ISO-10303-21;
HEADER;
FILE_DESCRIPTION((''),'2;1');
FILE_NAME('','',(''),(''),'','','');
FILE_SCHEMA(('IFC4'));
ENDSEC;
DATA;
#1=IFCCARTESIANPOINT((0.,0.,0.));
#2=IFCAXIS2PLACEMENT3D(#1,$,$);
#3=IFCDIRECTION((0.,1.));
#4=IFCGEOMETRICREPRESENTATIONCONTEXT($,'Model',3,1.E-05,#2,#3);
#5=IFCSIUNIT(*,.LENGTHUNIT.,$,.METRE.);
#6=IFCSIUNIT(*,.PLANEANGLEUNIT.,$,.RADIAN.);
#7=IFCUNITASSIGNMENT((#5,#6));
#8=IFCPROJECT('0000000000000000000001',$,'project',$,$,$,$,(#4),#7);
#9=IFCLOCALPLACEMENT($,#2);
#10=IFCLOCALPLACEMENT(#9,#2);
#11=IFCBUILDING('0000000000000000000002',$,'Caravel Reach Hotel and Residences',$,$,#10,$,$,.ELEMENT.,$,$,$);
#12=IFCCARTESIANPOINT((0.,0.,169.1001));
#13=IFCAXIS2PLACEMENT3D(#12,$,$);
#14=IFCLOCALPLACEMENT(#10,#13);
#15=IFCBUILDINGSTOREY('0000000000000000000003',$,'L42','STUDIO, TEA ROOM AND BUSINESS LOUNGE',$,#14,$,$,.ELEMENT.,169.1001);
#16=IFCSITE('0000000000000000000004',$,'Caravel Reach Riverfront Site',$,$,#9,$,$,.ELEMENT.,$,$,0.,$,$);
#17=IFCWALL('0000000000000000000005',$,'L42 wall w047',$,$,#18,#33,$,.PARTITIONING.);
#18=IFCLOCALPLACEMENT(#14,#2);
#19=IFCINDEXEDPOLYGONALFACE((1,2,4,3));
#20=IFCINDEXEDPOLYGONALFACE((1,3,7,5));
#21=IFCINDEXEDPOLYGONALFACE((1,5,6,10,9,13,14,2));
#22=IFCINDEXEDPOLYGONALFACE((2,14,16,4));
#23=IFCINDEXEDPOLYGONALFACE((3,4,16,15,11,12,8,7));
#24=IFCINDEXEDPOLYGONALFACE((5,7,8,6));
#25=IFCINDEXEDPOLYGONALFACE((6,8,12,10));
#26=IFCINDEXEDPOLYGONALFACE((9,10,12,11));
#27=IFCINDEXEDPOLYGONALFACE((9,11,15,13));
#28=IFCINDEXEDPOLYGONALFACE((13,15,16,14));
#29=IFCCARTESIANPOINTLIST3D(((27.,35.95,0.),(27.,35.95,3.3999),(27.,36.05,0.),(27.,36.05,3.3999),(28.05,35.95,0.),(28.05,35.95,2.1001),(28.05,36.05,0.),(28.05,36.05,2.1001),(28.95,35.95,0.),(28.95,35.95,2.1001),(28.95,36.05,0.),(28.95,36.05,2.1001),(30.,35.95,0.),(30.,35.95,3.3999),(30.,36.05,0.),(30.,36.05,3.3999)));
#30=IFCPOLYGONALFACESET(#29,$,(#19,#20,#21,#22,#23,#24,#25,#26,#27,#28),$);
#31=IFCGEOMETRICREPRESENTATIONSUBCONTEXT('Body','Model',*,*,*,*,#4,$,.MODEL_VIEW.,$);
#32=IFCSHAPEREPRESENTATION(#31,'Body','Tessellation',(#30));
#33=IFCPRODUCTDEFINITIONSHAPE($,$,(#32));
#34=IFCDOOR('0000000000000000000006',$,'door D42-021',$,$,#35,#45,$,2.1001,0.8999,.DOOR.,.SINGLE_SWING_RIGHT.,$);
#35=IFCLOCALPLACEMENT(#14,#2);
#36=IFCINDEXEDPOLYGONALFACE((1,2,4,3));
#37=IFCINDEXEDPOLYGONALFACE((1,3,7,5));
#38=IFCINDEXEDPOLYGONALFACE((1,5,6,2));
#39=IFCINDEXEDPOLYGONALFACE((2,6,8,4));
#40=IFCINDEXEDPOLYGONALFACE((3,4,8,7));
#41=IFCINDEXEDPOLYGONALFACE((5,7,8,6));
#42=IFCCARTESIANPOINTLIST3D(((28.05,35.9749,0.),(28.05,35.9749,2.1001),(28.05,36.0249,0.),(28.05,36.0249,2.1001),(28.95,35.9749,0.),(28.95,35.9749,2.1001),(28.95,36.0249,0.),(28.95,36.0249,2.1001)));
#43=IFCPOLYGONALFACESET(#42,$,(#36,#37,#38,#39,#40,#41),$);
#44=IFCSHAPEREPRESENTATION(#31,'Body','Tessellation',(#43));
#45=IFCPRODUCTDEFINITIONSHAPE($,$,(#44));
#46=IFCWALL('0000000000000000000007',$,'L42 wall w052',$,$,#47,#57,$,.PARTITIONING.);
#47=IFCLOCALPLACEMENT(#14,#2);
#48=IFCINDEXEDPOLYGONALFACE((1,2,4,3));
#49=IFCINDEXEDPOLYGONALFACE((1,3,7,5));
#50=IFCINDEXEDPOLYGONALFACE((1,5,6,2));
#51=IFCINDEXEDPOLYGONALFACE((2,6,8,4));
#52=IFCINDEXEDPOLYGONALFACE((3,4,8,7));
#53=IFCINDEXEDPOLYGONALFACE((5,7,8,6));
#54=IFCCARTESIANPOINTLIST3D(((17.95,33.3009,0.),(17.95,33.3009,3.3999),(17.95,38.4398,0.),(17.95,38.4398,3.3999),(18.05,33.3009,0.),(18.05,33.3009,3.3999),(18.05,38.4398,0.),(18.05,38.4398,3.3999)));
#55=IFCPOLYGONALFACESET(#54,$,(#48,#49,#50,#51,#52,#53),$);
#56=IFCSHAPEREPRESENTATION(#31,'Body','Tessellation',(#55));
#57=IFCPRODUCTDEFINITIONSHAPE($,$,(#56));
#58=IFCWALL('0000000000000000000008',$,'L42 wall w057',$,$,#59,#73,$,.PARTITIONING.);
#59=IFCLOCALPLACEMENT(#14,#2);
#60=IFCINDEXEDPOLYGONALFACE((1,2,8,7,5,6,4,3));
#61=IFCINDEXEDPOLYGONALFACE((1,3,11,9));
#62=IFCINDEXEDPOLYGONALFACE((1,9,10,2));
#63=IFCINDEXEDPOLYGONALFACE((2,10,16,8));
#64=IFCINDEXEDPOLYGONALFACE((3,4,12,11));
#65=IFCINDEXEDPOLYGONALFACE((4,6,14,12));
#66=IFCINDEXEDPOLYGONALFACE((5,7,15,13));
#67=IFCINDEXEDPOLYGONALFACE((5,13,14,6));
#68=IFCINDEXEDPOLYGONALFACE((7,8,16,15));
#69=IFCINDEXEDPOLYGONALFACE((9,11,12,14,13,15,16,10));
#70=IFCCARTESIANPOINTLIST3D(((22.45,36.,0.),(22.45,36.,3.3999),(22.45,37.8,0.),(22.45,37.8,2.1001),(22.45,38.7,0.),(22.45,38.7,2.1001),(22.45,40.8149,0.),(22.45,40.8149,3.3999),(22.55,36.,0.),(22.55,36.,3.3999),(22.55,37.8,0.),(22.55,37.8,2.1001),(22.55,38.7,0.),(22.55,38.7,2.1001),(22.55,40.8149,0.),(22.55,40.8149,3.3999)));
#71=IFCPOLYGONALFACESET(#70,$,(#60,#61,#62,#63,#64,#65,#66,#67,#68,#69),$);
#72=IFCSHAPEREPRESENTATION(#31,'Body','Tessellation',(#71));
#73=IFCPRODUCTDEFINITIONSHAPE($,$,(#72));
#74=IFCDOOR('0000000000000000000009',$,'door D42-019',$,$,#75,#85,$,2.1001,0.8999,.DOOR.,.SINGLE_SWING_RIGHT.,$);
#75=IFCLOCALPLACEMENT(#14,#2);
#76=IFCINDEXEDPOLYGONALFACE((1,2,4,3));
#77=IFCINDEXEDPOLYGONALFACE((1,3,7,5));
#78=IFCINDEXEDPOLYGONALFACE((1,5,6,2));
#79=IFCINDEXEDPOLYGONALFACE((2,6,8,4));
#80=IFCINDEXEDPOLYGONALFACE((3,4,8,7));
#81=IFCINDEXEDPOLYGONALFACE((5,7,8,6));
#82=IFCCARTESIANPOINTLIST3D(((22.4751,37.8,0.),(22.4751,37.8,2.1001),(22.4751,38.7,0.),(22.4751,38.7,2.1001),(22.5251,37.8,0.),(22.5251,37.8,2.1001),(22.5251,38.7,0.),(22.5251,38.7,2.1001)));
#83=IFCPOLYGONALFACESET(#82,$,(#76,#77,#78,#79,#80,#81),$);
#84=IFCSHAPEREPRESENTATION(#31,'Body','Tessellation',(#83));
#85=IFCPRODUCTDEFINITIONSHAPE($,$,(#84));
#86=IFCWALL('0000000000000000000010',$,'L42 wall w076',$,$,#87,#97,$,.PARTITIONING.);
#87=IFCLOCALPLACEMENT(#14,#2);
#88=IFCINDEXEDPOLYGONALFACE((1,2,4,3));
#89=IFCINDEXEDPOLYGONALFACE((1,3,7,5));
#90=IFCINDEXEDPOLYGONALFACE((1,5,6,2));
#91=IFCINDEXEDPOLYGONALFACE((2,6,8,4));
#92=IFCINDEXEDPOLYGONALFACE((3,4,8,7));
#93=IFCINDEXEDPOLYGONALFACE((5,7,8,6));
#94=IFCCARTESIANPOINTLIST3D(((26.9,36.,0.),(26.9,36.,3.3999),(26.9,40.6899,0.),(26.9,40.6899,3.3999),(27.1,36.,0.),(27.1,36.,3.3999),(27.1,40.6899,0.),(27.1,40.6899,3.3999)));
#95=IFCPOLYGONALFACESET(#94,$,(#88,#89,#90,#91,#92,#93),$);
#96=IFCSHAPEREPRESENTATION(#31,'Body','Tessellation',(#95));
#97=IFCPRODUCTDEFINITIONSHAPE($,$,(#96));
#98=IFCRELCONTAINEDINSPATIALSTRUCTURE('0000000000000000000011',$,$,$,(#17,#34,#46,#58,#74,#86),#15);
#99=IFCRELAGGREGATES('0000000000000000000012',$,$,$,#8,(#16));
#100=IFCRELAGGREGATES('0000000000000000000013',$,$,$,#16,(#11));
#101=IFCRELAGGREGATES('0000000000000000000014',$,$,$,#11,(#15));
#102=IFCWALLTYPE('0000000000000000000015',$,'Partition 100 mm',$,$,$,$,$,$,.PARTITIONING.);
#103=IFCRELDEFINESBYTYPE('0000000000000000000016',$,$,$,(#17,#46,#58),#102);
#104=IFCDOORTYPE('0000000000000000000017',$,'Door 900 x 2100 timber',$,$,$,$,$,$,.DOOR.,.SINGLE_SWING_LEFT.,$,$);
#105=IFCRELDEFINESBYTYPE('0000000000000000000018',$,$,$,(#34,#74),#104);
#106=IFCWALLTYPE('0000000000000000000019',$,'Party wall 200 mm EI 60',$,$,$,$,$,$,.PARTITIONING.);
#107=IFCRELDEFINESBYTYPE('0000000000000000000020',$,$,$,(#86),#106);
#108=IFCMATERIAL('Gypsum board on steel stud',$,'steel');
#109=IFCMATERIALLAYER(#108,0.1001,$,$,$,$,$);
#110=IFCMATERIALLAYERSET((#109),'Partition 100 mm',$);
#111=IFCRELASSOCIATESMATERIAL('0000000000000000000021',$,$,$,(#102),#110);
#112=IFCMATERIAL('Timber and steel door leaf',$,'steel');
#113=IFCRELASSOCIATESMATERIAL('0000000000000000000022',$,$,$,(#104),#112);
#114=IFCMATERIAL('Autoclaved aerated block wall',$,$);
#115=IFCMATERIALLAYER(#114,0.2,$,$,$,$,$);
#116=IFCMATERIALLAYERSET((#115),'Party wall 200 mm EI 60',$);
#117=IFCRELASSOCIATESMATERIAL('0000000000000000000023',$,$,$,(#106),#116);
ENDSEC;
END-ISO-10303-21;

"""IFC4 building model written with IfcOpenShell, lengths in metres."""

from ifc_helpers import new_model, si_unit, direction, frame, frame_2d, origin, place, context, subcontext, project, spatial, rectangle, extrude, material, layer, layer_set, type_object, element, fill, save


model = new_model("IFC4")

# Units and contexts
model_context = context("Model", 3, precision=1e-05, world=origin(), true_north=direction((0.0, 1.0)))
body_context = subcontext(model_context, "Body", "Model", "MODEL_VIEW")
ifc_project = project(units=[si_unit("LENGTHUNIT", "METRE"), si_unit("PLANEANGLEUNIT", "RADIAN")], contexts=[model_context])

# Site, building, storey
site_placement = place(None, origin())
site = spatial("IfcSite", under=ifc_project, at=site_placement, Name="Caravel Reach Riverfront Site", CompositionType="ELEMENT", RefElevation=0.0)
building_placement = place(site_placement, origin())
building = spatial("IfcBuilding", under=site, at=building_placement, Name="Caravel Reach Hotel and Residences", CompositionType="ELEMENT")
storey_placement = place(building_placement, frame((0.0, 0.0, 169.1001)))
storey = spatial("IfcBuildingStorey", under=building, at=storey_placement, Name="L42", Description="STUDIO, TEA ROOM AND BUSINESS LOUNGE", CompositionType="ELEMENT", Elevation=169.1001)

# Shared definitions
ifc_material_1 = material(Name="Gypsum board on steel stud", Category="steel")
ifc_layer_1 = layer(ifc_material_1, 0.1001)
ifc_layer_set_1 = layer_set([ifc_layer_1], Name="Partition 100 mm")
wall_type_1 = type_object("IfcWallType", Name="Partition 100 mm", PredefinedType="PARTITIONING", material=ifc_layer_set_1)

# Wall, opening, door
ifc_material_2 = material(Name="Timber and steel door leaf", Category="steel")
door_type_1 = type_object("IfcDoorType", Name="Door 900 x 2100 timber", OperationType="SINGLE_SWING_LEFT", PredefinedType="DOOR", material=ifc_material_2)
wall_1_placement = place(storey_placement, frame((27.0, 36.0, 0.0), z_axis=(0.0, 0.0, 1.0), x_axis=(1.0, 0.0, 0.0)))
wall_1 = element("IfcWall", 1, at=wall_1_placement, inside=storey, type_object=wall_type_1, Name="L42 wall w047", PredefinedType="PARTITIONING", context=body_context, shape_type="SweptSolid", body=[
    extrude(rectangle(XDim=3.0, YDim=0.1001, at=frame_2d((1.5, 0.0))), origin(), (0.0, 0.0, 1.0), 3.3999),
])
opening_1_placement = place(wall_1_placement, frame((1.05, 0.0, 0.0)))
opening_1 = element("IfcOpeningElement", 2, at=opening_1_placement, cuts=wall_1, PredefinedType="OPENING", context=body_context, shape_type="SweptSolid", body=[
    extrude(rectangle(XDim=0.8999, YDim=2.1001, at=frame_2d((0.45, 1.05))), frame((0.0, 0.0601, 0.0), z_axis=(0.0, -1.0, 0.0), x_axis=(1.0, 0.0, 0.0)), (0.0, 0.0, 1.0), 0.1201),
])
door_1_placement = place(opening_1_placement, origin())
door_1 = element("IfcDoor", 3, at=door_1_placement, inside=storey, type_object=door_type_1, Name="door D42-021", OperationType="SINGLE_SWING_RIGHT", OverallHeight=2.1001, OverallWidth=0.8999, PredefinedType="DOOR", context=body_context, shape_type="SweptSolid", body=[
    extrude(rectangle(XDim=0.8999, YDim=2.1001, at=frame_2d((0.45, 1.05))), frame((0.0, 0.0249, 0.0), z_axis=(0.0, -1.0, 0.0), x_axis=(1.0, 0.0, 0.0)), (0.0, 0.0, 1.0), 0.05),
])
fill(opening_1, door_1)

# Wall
wall_2_placement = place(storey_placement, frame((18.0, 33.301, 0.0), z_axis=(0.0, 0.0, 1.0), x_axis=(0.0, 1.0, 0.0)))
element("IfcWall", 4, at=wall_2_placement, inside=storey, type_object=wall_type_1, Name="L42 wall w052", PredefinedType="PARTITIONING", context=body_context, shape_type="SweptSolid", body=[
    extrude(rectangle(XDim=5.1389, YDim=0.1001, at=frame_2d((2.5693, 0.0))), origin(), (0.0, 0.0, 1.0), 3.3999),
])

# Wall, opening, door
wall_3_placement = place(storey_placement, frame((22.5, 36.0, 0.0), z_axis=(0.0, 0.0, 1.0), x_axis=(0.0, 1.0, 0.0)))
wall_3 = element("IfcWall", 5, at=wall_3_placement, inside=storey, type_object=wall_type_1, Name="L42 wall w057", PredefinedType="PARTITIONING", context=body_context, shape_type="SweptSolid", body=[
    extrude(rectangle(XDim=4.8149, YDim=0.1001, at=frame_2d((2.4075, 0.0))), origin(), (0.0, 0.0, 1.0), 3.3999),
])
opening_2_placement = place(wall_3_placement, frame((1.8, 0.0, 0.0)))
opening_2 = element("IfcOpeningElement", 6, at=opening_2_placement, cuts=wall_3, PredefinedType="OPENING", context=body_context, shape_type="SweptSolid", body=[
    extrude(rectangle(XDim=0.8999, YDim=2.1001, at=frame_2d((0.45, 1.05))), frame((0.0, 0.0601, 0.0), z_axis=(0.0, -1.0, 0.0), x_axis=(1.0, 0.0, 0.0)), (0.0, 0.0, 1.0), 0.1201),
])
door_2_placement = place(opening_2_placement, origin())
door_2 = element("IfcDoor", 7, at=door_2_placement, inside=storey, type_object=door_type_1, Name="door D42-019", OperationType="SINGLE_SWING_RIGHT", OverallHeight=2.1001, OverallWidth=0.8999, PredefinedType="DOOR", context=body_context, shape_type="SweptSolid", body=[
    extrude(rectangle(XDim=0.8999, YDim=2.1001, at=frame_2d((0.45, 1.05))), frame((0.0, 0.0249, 0.0), z_axis=(0.0, -1.0, 0.0), x_axis=(1.0, 0.0, 0.0)), (0.0, 0.0, 1.0), 0.05),
])
fill(opening_2, door_2)

# Wall
ifc_material_3 = material(Name="Autoclaved aerated block wall")
ifc_layer_2 = layer(ifc_material_3, 0.2)
ifc_layer_set_2 = layer_set([ifc_layer_2], Name="Party wall 200 mm EI 60")
wall_type_2 = type_object("IfcWallType", Name="Party wall 200 mm EI 60", PredefinedType="PARTITIONING", material=ifc_layer_set_2)
wall_4_placement = place(storey_placement, frame((27.0, 36.0, 0.0), z_axis=(0.0, 0.0, 1.0), x_axis=(0.0, 1.0, 0.0)))
element("IfcWall", 8, at=wall_4_placement, inside=storey, type_object=wall_type_2, Name="L42 wall w076", PredefinedType="PARTITIONING", context=body_context, shape_type="SweptSolid", body=[
    extrude(rectangle(XDim=4.6899, YDim=0.2, at=frame_2d((2.345, 0.0))), origin(), (0.0, 0.0, 1.0), 3.3999),
])

save(model, "model.ifc")
